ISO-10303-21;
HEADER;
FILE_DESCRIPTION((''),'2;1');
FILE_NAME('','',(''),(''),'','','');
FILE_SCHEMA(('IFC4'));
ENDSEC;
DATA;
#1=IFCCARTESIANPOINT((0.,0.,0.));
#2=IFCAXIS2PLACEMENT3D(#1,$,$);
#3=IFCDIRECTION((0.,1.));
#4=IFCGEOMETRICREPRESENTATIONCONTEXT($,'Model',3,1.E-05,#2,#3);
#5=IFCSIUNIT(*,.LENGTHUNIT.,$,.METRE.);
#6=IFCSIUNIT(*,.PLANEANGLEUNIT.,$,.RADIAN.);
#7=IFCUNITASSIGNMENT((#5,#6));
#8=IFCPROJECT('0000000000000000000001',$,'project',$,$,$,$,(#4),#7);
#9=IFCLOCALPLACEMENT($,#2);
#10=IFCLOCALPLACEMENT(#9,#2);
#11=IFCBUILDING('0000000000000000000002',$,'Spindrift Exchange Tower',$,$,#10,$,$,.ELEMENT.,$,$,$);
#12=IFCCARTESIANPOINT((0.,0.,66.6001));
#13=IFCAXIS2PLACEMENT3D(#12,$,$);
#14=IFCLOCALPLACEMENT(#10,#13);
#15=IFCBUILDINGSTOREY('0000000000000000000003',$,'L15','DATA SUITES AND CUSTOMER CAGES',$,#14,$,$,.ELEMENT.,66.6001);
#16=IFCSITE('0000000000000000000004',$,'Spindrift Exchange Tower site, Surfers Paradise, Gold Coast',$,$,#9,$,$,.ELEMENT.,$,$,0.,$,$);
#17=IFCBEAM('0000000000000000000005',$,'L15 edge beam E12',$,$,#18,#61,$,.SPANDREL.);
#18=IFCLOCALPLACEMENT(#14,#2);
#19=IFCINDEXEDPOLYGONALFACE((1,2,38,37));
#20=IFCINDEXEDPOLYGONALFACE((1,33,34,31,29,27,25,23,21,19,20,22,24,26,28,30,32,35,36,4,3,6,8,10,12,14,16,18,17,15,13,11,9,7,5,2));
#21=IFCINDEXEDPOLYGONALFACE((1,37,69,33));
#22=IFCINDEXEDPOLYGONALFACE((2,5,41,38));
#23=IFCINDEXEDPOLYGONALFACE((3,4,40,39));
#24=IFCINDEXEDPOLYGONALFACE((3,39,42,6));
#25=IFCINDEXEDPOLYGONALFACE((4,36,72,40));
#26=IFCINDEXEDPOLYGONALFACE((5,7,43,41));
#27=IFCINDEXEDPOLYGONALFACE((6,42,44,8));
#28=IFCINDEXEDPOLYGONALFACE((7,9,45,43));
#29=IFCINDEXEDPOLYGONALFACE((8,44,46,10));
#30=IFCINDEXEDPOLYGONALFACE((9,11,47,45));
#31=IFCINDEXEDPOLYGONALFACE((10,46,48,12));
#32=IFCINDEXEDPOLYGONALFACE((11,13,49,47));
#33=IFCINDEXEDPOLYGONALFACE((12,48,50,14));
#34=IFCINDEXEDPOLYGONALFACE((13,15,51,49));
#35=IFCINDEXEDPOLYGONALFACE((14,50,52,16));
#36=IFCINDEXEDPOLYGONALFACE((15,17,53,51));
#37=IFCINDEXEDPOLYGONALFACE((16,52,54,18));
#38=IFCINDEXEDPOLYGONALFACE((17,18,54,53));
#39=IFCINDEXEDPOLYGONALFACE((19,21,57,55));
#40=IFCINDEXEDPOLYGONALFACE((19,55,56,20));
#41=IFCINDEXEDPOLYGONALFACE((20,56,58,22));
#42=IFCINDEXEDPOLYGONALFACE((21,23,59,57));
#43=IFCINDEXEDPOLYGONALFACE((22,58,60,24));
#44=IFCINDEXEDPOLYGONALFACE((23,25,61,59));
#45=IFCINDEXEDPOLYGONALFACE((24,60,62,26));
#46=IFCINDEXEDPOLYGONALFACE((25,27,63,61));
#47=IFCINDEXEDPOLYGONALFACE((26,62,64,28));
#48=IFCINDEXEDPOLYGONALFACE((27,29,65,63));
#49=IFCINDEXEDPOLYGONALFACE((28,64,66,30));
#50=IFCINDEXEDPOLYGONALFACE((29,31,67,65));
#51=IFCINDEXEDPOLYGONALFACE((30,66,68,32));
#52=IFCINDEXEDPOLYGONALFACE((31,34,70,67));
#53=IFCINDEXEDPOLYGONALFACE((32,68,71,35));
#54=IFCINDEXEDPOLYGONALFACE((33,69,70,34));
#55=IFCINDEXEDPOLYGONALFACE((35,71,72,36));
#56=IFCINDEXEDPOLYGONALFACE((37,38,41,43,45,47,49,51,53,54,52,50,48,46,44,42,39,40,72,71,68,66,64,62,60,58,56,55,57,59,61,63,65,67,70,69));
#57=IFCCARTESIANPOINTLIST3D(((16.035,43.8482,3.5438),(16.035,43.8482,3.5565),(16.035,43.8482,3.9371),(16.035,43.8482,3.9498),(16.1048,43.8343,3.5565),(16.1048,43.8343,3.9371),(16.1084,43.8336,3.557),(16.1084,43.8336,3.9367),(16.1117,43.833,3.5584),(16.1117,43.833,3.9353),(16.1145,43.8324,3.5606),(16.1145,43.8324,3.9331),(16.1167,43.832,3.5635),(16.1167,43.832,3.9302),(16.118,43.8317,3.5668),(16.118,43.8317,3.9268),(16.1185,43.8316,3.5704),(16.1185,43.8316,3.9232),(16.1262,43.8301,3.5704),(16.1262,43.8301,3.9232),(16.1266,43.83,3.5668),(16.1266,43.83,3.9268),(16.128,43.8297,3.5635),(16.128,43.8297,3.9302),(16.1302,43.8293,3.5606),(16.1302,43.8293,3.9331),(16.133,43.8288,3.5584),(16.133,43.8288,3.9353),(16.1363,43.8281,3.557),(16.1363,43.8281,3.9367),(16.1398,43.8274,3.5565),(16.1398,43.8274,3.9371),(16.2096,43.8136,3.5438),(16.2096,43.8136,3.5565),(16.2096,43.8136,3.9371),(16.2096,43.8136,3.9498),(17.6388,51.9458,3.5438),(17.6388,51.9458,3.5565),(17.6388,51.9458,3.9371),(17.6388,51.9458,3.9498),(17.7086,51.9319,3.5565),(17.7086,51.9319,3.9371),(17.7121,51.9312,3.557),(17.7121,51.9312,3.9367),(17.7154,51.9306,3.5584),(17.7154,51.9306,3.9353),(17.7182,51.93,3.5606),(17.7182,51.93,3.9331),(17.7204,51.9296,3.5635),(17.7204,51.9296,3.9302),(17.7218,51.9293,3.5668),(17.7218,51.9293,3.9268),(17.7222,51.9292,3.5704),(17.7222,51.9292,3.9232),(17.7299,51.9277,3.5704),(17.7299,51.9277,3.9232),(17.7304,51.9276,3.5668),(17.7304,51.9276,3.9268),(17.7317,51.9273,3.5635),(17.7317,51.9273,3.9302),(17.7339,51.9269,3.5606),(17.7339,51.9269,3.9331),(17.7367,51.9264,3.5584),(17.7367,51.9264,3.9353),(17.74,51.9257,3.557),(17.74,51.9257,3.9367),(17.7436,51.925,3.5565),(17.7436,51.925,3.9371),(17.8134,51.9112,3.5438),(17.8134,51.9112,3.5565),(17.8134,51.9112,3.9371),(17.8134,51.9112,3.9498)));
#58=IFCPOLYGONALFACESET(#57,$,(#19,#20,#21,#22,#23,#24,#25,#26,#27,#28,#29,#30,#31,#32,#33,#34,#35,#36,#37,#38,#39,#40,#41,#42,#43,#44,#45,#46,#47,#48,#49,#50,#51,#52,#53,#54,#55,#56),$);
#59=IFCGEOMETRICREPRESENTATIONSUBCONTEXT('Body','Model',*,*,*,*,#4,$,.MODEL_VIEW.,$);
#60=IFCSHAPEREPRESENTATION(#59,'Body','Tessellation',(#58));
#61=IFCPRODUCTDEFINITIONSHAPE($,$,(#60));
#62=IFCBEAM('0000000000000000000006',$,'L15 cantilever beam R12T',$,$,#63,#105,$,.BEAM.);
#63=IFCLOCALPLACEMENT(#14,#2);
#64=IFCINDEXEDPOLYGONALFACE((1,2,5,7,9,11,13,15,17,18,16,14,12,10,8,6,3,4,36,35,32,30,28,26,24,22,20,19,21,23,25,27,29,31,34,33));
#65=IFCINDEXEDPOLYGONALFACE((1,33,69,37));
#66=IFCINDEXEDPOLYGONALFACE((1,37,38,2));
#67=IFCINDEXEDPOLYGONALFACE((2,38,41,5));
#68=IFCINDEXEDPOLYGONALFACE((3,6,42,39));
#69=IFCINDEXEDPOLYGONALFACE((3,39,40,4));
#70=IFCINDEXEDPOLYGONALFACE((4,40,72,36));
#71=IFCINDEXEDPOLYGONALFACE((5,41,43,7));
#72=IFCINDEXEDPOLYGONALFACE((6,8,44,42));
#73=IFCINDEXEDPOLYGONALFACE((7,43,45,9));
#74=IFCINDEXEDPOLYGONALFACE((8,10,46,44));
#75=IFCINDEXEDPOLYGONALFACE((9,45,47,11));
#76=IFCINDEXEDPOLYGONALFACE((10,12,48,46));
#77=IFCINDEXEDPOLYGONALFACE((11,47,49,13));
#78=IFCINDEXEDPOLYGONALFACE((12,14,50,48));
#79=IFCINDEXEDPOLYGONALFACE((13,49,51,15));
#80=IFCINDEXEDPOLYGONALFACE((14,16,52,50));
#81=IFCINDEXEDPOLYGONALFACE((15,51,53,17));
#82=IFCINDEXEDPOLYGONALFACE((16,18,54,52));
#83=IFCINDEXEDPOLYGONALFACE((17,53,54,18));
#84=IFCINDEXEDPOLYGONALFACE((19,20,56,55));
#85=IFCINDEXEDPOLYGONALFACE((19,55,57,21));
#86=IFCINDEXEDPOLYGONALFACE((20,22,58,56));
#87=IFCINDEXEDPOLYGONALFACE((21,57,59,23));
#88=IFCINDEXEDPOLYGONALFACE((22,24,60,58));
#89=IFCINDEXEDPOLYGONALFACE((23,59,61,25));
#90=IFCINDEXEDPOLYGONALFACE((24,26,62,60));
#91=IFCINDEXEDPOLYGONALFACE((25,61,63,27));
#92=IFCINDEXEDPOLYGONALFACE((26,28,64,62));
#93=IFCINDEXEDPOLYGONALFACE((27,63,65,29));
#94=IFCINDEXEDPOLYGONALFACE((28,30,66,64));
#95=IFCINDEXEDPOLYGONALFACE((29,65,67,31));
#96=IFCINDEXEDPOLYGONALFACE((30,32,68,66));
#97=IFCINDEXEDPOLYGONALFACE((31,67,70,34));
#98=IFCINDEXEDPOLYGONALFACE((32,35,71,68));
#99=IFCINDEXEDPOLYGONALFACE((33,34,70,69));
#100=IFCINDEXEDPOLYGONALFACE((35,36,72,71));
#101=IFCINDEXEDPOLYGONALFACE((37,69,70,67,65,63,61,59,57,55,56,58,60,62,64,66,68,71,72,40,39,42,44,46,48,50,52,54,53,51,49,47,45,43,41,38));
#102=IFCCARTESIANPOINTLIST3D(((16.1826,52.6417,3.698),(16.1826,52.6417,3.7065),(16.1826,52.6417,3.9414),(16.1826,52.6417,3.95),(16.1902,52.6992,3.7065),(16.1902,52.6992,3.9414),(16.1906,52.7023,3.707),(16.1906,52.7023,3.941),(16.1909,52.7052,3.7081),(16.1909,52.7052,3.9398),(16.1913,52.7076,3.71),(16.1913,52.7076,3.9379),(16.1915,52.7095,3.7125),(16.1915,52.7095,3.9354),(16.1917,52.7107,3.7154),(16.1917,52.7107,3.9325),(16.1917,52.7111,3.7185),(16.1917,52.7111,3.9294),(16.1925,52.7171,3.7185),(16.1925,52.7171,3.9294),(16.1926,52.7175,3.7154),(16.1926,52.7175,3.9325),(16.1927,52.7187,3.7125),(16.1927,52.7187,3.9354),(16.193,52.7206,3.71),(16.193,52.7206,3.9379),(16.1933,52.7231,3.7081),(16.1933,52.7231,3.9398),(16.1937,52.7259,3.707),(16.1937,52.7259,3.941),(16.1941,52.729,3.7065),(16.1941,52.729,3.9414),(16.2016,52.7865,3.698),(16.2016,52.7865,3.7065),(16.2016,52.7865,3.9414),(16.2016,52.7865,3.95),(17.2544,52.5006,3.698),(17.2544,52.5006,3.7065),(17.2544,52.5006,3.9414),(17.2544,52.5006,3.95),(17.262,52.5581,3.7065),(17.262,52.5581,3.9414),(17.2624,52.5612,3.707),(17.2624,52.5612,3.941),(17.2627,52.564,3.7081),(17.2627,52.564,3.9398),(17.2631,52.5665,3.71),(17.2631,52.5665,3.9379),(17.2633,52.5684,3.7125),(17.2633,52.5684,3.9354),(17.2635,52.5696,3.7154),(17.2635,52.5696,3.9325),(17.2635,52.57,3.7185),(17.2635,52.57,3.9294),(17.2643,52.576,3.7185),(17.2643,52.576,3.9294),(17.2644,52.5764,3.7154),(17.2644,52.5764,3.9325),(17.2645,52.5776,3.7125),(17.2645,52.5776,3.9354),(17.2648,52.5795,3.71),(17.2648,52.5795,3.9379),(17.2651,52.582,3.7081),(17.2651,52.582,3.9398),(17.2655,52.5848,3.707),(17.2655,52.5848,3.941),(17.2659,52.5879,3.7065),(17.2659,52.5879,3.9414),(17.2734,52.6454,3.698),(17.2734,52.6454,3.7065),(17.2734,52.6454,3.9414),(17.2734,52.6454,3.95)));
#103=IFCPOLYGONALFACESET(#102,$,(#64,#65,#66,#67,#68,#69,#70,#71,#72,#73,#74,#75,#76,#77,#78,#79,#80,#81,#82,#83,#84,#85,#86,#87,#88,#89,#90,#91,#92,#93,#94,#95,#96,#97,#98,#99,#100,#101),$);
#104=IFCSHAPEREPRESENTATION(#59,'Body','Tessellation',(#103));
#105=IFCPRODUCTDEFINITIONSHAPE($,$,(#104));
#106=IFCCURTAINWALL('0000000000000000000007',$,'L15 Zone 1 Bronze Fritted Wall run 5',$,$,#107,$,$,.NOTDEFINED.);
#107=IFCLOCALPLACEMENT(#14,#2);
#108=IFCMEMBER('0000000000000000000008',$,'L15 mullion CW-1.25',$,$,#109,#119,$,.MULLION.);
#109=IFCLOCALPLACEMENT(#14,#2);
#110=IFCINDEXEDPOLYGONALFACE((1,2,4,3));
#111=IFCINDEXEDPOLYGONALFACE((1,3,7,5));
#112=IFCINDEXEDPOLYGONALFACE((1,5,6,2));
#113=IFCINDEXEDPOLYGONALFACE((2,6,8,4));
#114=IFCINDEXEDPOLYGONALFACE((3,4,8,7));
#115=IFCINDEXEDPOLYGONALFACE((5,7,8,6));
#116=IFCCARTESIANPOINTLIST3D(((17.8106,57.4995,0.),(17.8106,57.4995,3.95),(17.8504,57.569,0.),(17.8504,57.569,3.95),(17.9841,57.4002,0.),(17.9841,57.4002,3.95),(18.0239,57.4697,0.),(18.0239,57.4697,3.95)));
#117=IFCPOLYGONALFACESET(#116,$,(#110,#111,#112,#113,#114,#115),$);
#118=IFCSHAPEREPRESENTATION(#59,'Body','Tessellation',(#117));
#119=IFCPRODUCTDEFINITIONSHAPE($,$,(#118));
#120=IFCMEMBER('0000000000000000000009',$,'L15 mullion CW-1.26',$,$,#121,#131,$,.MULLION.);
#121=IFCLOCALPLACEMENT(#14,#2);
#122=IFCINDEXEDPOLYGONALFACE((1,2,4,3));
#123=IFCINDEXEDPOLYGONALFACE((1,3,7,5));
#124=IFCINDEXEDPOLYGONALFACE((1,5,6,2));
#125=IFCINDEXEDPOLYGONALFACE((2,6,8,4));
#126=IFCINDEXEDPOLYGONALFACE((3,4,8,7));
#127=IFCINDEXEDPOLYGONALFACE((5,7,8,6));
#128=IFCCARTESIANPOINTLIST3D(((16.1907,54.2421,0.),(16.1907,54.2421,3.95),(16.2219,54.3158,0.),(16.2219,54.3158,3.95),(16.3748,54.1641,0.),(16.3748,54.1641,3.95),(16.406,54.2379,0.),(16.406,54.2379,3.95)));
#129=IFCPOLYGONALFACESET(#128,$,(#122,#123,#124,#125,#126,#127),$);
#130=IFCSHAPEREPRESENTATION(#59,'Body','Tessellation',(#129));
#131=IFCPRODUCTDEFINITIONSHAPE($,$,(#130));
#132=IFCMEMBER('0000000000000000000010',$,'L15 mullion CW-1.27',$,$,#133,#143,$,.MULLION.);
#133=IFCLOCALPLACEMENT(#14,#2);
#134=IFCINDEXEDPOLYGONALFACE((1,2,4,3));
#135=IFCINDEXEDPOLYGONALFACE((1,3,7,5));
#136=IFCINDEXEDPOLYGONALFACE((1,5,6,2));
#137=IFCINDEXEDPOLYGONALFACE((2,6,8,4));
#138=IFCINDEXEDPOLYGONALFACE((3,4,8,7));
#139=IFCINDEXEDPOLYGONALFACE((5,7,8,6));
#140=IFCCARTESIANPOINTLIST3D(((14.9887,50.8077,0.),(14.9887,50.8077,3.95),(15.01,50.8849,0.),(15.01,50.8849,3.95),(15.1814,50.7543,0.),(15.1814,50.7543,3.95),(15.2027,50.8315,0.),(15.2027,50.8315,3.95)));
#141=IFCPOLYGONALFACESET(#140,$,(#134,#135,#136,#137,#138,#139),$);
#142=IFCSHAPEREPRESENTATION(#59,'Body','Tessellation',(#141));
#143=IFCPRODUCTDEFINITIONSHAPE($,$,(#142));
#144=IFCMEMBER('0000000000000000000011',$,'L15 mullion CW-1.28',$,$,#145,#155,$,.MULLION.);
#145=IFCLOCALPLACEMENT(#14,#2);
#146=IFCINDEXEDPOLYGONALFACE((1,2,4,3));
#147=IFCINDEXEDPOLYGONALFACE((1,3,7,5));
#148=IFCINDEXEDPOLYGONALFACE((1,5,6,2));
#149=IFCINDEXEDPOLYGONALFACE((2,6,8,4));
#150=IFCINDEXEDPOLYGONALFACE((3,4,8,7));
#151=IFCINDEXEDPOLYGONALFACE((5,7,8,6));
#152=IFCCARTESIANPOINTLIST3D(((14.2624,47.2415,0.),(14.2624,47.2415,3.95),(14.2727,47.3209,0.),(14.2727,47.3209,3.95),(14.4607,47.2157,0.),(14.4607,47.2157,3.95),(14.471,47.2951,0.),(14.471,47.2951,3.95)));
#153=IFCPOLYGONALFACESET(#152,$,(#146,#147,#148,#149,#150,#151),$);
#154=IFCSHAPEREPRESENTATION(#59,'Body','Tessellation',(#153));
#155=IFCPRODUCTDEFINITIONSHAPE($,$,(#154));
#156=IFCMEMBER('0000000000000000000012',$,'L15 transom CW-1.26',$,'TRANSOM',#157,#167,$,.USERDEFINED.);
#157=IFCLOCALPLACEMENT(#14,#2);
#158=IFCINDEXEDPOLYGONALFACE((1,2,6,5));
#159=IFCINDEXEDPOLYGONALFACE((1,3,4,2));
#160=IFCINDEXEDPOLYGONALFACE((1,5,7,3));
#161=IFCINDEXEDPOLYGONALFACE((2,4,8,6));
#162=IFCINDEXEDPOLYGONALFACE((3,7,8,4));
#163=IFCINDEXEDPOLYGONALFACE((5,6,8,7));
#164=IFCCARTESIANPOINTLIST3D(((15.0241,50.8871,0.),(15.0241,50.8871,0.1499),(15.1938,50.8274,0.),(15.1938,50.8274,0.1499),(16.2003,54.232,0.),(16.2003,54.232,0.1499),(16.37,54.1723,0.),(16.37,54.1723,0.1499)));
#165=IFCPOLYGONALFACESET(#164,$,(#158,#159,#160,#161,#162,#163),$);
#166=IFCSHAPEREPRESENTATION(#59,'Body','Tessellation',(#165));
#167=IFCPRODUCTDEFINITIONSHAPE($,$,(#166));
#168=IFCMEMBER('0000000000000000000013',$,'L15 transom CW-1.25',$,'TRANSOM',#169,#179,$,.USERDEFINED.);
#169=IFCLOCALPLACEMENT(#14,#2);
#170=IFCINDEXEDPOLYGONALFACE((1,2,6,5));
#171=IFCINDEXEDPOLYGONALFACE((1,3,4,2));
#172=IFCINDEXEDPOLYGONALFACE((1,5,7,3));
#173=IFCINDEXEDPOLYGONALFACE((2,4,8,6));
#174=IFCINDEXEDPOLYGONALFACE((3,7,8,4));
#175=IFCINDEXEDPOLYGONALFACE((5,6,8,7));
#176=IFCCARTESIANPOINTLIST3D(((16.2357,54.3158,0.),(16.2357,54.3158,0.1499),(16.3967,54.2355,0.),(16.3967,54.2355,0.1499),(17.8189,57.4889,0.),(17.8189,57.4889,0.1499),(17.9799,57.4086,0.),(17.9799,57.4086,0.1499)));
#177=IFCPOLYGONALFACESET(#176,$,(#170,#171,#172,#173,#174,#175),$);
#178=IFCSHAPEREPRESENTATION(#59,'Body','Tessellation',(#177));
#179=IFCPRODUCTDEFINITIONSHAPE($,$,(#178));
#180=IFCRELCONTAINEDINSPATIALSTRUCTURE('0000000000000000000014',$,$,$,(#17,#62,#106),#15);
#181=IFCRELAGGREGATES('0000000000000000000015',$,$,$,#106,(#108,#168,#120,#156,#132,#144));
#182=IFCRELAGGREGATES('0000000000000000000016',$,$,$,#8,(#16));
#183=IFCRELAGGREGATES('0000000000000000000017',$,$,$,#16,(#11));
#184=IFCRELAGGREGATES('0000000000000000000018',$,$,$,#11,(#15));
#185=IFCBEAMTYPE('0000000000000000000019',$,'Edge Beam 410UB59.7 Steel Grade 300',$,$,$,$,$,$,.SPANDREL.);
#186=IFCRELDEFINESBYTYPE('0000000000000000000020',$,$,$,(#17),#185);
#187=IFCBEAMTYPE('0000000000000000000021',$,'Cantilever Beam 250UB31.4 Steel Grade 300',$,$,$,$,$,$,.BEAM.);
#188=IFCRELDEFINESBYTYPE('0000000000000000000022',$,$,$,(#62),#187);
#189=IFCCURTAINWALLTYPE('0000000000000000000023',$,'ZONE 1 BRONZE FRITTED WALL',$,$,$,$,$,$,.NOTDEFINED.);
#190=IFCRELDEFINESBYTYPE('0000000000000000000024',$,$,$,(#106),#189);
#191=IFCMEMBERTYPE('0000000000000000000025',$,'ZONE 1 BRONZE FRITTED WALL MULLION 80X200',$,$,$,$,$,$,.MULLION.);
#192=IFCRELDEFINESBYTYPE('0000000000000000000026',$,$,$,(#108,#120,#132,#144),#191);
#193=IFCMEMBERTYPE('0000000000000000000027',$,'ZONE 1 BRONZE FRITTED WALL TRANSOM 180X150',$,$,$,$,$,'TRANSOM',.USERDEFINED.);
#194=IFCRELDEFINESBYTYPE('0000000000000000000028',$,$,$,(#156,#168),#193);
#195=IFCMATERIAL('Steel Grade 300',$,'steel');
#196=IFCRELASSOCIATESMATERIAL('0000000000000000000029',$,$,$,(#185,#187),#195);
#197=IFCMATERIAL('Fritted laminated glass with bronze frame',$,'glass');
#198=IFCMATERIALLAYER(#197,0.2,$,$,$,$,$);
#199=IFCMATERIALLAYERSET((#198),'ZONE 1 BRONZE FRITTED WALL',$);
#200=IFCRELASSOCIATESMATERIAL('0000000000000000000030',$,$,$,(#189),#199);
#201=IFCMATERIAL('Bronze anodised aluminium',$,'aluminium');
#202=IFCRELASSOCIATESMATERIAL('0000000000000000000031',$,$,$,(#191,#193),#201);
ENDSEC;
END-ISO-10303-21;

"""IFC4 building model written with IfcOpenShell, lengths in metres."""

from ifc_helpers import new_model, si_unit, direction, frame, origin, origin_2d, place, context, subcontext, project, spatial, rectangle, i_section, extrude, source, transform, mapped, material, layer, layer_set, material_profile, profile_set, type_object, element, aggregate, save


model = new_model("IFC4")

# Units and contexts
model_context = context("Model", 3, precision=1e-05, world=origin(), true_north=direction((0.0, 1.0)))
body_context = subcontext(model_context, "Body", "Model", "MODEL_VIEW")
ifc_project = project(units=[si_unit("LENGTHUNIT", "METRE"), si_unit("PLANEANGLEUNIT", "RADIAN")], contexts=[model_context])

# Site, building, storey
site_placement = place(None, origin())
site = spatial("IfcSite", under=ifc_project, at=site_placement, Name="Spindrift Exchange Tower site, Surfers Paradise, Gold Coast", CompositionType="ELEMENT", RefElevation=0.0)
building_placement = place(site_placement, origin())
building = spatial("IfcBuilding", under=site, at=building_placement, Name="Spindrift Exchange Tower", CompositionType="ELEMENT")
storey_placement = place(building_placement, frame((0.0, 0.0, 66.6001)))
storey = spatial("IfcBuildingStorey", under=building, at=storey_placement, Name="L15", Description="DATA SUITES AND CUSTOMER CAGES", CompositionType="ELEMENT", Elevation=66.6001)

# Beams
ifc_material_1 = material(Name="Steel Grade 300", Category="steel")
ifc_material_profile_1 = material_profile(ifc_material_1, i_section(OverallWidth=0.178, OverallDepth=0.406, WebThickness=0.0078, FlangeThickness=0.0127, FilletRadius=0.0139, at=origin_2d()), Name="410UB59.7")
ifc_profile_set_1 = profile_set([ifc_material_profile_1], Name="Steel Grade 300")
beam_type_1 = type_object("IfcBeamType", Name="Edge Beam 410UB59.7 Steel Grade 300", PredefinedType="SPANDREL", material=ifc_profile_set_1)
shared_shape_1 = source(origin(), body_context, "Body", "SweptSolid", [
    extrude(i_section(OverallWidth=0.178, OverallDepth=0.406, WebThickness=0.0078, FlangeThickness=0.0127, FilletRadius=0.0139, at=origin_2d()), origin(), (0.0, 0.0, 1.0), 8.2549),
])
beam_1_placement = place(storey_placement, frame((17.7261, 51.9285, 3.7468), z_axis=(-0.194279, -0.980946, 0.0), x_axis=(0.980946, -0.194279, 0.0)))
element("IfcBeam", 1, at=beam_1_placement, inside=storey, type_object=beam_type_1, Name="L15 edge beam E12", PredefinedType="SPANDREL", context=body_context, shape_type="MappedRepresentation", body=[
    mapped(shared_shape_1, transform((0.0, 0.0, 0.0), scale=1.0)),
])
ifc_material_profile_2 = material_profile(ifc_material_1, i_section(OverallWidth=0.146, OverallDepth=0.252, WebThickness=0.0061, FlangeThickness=0.0085, FilletRadius=0.012, at=origin_2d()), Name="250UB31.4")
ifc_profile_set_2 = profile_set([ifc_material_profile_2], Name="Steel Grade 300")
beam_type_2 = type_object("IfcBeamType", Name="Cantilever Beam 250UB31.4 Steel Grade 300", PredefinedType="BEAM", material=ifc_profile_set_2)
shared_shape_2 = source(origin(), body_context, "Body", "SweptSolid", [
    extrude(i_section(OverallWidth=0.146, OverallDepth=0.252, WebThickness=0.0061, FlangeThickness=0.0085, FilletRadius=0.012, at=origin_2d()), origin(), (0.0, 0.0, 1.0), 1.0811),
])
beam_2_placement = place(storey_placement, frame((17.2639, 52.573, 3.824), z_axis=(-0.991444, 0.130536, 0.0), x_axis=(-0.130536, -0.991444, 0.0)))
element("IfcBeam", 2, at=beam_2_placement, inside=storey, type_object=beam_type_2, Name="L15 cantilever beam R12T", PredefinedType="BEAM", context=body_context, shape_type="MappedRepresentation", body=[
    mapped(shared_shape_2, transform((0.0, 0.0, 0.0), scale=1.0)),
])

# Curtain wall, members
ifc_material_2 = material(Name="Fritted laminated glass with bronze frame", Category="glass")
ifc_layer_1 = layer(ifc_material_2, 0.2)
ifc_layer_set_1 = layer_set([ifc_layer_1], Name="ZONE 1 BRONZE FRITTED WALL")
curtain_wall_type = type_object("IfcCurtainWallType", Name="ZONE 1 BRONZE FRITTED WALL", PredefinedType="NOTDEFINED", material=ifc_layer_set_1)
curtain_wall_1_placement = place(storey_placement, origin())
curtain_wall_1 = element("IfcCurtainWall", 3, at=curtain_wall_1_placement, inside=storey, type_object=curtain_wall_type, Name="L15 Zone 1 Bronze Fritted Wall run 5", PredefinedType="NOTDEFINED")
ifc_material_3 = material(Name="Bronze anodised aluminium", Category="aluminium")
ifc_material_profile_3 = material_profile(ifc_material_3, rectangle(XDim=0.0801, YDim=0.2, at=origin_2d()), Name="ZONE 1 BRONZE FRITTED WALL MULLION 80X200")
ifc_profile_set_3 = profile_set([ifc_material_profile_3], Name="Bronze anodised aluminium")
member_type_1 = type_object("IfcMemberType", Name="ZONE 1 BRONZE FRITTED WALL MULLION 80X200", PredefinedType="MULLION", material=ifc_profile_set_3)
shared_shape_3 = source(origin(), body_context, "Body", "SweptSolid", [
    extrude(rectangle(XDim=0.0801, YDim=0.2, at=origin_2d()), origin(), (0.0, 0.0, 1.0), 3.95),
])
member_1_placement = place(storey_placement, frame((17.9172, 57.4846, 0.0), z_axis=(0.0, 0.0, 1.0), x_axis=(-0.496808, -0.86786, 0.0)))
member_1 = element("IfcMember", 4, at=member_1_placement, type_object=member_type_1, Name="L15 mullion CW-1.25", PredefinedType="MULLION", context=body_context, shape_type="MappedRepresentation", body=[
    mapped(shared_shape_3, transform((0.0, 0.0, 0.0), scale=1.0)),
])
member_2_placement = place(storey_placement, frame((16.2983, 54.24, 0.0), z_axis=(0.0, 0.0, 1.0), x_axis=(-0.389836, -0.920884, 0.0)))
member_2 = element("IfcMember", 5, at=member_2_placement, type_object=member_type_1, Name="L15 mullion CW-1.26", PredefinedType="MULLION", context=body_context, shape_type="MappedRepresentation", body=[
    mapped(shared_shape_3, transform((0.0, 0.0, 0.0), scale=1.0)),
])
member_3_placement = place(storey_placement, frame((15.0957, 50.8196, 0.0), z_axis=(0.0, 0.0, 1.0), x_axis=(-0.267032, -0.963688, 0.0)))
member_3 = element("IfcMember", 6, at=member_3_placement, type_object=member_type_1, Name="L15 mullion CW-1.27", PredefinedType="MULLION", context=body_context, shape_type="MappedRepresentation", body=[
    mapped(shared_shape_3, transform((0.0, 0.0, 0.0), scale=1.0)),
])
member_4_placement = place(storey_placement, frame((14.3667, 47.2683, 0.0), z_axis=(0.0, 0.0, 1.0), x_axis=(-0.129182, -0.991621, 0.0)))
member_4 = element("IfcMember", 7, at=member_4_placement, type_object=member_type_1, Name="L15 mullion CW-1.28", PredefinedType="MULLION", context=body_context, shape_type="MappedRepresentation", body=[
    mapped(shared_shape_3, transform((0.0, 0.0, 0.0), scale=1.0)),
])
ifc_material_profile_4 = material_profile(ifc_material_3, rectangle(XDim=0.1799, YDim=0.1499, at=origin_2d()), Name="ZONE 1 BRONZE FRITTED WALL TRANSOM 180X150")
ifc_profile_set_4 = profile_set([ifc_material_profile_4], Name="Bronze anodised aluminium")
member_type_2 = type_object("IfcMemberType", Name="ZONE 1 BRONZE FRITTED WALL TRANSOM 180X150", ElementType="TRANSOM", PredefinedType="USERDEFINED", material=ifc_profile_set_4)
shared_shape_4 = source(origin(), body_context, "Body", "SweptSolid", [
    extrude(rectangle(XDim=0.1799, YDim=0.1499, at=origin_2d()), origin(), (0.0, 0.0, 1.0), 3.5457),
])
member_5_placement = place(storey_placement, frame((16.2852, 54.2021, 0.075), z_axis=(-0.331739, -0.943371, 0.0), x_axis=(0.943371, -0.331739, 0.0)))
member_5 = element("IfcMember", 8, at=member_5_placement, type_object=member_type_2, Name="L15 transom CW-1.26", ObjectType="TRANSOM", PredefinedType="USERDEFINED", context=body_context, shape_type="MappedRepresentation", body=[
    mapped(shared_shape_4, transform((0.0, 0.0, 0.0), scale=1.0)),
])
shared_shape_5 = source(origin(), body_context, "Body", "SweptSolid", [
    extrude(rectangle(XDim=0.1799, YDim=0.1499, at=origin_2d()), origin(), (0.0, 0.0, 1.0), 3.5461),
])
member_6_placement = place(storey_placement, frame((17.8994, 57.4487, 0.075), z_axis=(-0.44647, -0.894799, 0.0), x_axis=(0.894799, -0.44647, 0.0)))
member_6 = element("IfcMember", 9, at=member_6_placement, type_object=member_type_2, Name="L15 transom CW-1.25", ObjectType="TRANSOM", PredefinedType="USERDEFINED", context=body_context, shape_type="MappedRepresentation", body=[
    mapped(shared_shape_5, transform((0.0, 0.0, 0.0), scale=1.0)),
])

aggregate(curtain_wall_1, [member_1, member_6, member_2, member_5, member_3, member_4])

save(model, "model.ifc")
